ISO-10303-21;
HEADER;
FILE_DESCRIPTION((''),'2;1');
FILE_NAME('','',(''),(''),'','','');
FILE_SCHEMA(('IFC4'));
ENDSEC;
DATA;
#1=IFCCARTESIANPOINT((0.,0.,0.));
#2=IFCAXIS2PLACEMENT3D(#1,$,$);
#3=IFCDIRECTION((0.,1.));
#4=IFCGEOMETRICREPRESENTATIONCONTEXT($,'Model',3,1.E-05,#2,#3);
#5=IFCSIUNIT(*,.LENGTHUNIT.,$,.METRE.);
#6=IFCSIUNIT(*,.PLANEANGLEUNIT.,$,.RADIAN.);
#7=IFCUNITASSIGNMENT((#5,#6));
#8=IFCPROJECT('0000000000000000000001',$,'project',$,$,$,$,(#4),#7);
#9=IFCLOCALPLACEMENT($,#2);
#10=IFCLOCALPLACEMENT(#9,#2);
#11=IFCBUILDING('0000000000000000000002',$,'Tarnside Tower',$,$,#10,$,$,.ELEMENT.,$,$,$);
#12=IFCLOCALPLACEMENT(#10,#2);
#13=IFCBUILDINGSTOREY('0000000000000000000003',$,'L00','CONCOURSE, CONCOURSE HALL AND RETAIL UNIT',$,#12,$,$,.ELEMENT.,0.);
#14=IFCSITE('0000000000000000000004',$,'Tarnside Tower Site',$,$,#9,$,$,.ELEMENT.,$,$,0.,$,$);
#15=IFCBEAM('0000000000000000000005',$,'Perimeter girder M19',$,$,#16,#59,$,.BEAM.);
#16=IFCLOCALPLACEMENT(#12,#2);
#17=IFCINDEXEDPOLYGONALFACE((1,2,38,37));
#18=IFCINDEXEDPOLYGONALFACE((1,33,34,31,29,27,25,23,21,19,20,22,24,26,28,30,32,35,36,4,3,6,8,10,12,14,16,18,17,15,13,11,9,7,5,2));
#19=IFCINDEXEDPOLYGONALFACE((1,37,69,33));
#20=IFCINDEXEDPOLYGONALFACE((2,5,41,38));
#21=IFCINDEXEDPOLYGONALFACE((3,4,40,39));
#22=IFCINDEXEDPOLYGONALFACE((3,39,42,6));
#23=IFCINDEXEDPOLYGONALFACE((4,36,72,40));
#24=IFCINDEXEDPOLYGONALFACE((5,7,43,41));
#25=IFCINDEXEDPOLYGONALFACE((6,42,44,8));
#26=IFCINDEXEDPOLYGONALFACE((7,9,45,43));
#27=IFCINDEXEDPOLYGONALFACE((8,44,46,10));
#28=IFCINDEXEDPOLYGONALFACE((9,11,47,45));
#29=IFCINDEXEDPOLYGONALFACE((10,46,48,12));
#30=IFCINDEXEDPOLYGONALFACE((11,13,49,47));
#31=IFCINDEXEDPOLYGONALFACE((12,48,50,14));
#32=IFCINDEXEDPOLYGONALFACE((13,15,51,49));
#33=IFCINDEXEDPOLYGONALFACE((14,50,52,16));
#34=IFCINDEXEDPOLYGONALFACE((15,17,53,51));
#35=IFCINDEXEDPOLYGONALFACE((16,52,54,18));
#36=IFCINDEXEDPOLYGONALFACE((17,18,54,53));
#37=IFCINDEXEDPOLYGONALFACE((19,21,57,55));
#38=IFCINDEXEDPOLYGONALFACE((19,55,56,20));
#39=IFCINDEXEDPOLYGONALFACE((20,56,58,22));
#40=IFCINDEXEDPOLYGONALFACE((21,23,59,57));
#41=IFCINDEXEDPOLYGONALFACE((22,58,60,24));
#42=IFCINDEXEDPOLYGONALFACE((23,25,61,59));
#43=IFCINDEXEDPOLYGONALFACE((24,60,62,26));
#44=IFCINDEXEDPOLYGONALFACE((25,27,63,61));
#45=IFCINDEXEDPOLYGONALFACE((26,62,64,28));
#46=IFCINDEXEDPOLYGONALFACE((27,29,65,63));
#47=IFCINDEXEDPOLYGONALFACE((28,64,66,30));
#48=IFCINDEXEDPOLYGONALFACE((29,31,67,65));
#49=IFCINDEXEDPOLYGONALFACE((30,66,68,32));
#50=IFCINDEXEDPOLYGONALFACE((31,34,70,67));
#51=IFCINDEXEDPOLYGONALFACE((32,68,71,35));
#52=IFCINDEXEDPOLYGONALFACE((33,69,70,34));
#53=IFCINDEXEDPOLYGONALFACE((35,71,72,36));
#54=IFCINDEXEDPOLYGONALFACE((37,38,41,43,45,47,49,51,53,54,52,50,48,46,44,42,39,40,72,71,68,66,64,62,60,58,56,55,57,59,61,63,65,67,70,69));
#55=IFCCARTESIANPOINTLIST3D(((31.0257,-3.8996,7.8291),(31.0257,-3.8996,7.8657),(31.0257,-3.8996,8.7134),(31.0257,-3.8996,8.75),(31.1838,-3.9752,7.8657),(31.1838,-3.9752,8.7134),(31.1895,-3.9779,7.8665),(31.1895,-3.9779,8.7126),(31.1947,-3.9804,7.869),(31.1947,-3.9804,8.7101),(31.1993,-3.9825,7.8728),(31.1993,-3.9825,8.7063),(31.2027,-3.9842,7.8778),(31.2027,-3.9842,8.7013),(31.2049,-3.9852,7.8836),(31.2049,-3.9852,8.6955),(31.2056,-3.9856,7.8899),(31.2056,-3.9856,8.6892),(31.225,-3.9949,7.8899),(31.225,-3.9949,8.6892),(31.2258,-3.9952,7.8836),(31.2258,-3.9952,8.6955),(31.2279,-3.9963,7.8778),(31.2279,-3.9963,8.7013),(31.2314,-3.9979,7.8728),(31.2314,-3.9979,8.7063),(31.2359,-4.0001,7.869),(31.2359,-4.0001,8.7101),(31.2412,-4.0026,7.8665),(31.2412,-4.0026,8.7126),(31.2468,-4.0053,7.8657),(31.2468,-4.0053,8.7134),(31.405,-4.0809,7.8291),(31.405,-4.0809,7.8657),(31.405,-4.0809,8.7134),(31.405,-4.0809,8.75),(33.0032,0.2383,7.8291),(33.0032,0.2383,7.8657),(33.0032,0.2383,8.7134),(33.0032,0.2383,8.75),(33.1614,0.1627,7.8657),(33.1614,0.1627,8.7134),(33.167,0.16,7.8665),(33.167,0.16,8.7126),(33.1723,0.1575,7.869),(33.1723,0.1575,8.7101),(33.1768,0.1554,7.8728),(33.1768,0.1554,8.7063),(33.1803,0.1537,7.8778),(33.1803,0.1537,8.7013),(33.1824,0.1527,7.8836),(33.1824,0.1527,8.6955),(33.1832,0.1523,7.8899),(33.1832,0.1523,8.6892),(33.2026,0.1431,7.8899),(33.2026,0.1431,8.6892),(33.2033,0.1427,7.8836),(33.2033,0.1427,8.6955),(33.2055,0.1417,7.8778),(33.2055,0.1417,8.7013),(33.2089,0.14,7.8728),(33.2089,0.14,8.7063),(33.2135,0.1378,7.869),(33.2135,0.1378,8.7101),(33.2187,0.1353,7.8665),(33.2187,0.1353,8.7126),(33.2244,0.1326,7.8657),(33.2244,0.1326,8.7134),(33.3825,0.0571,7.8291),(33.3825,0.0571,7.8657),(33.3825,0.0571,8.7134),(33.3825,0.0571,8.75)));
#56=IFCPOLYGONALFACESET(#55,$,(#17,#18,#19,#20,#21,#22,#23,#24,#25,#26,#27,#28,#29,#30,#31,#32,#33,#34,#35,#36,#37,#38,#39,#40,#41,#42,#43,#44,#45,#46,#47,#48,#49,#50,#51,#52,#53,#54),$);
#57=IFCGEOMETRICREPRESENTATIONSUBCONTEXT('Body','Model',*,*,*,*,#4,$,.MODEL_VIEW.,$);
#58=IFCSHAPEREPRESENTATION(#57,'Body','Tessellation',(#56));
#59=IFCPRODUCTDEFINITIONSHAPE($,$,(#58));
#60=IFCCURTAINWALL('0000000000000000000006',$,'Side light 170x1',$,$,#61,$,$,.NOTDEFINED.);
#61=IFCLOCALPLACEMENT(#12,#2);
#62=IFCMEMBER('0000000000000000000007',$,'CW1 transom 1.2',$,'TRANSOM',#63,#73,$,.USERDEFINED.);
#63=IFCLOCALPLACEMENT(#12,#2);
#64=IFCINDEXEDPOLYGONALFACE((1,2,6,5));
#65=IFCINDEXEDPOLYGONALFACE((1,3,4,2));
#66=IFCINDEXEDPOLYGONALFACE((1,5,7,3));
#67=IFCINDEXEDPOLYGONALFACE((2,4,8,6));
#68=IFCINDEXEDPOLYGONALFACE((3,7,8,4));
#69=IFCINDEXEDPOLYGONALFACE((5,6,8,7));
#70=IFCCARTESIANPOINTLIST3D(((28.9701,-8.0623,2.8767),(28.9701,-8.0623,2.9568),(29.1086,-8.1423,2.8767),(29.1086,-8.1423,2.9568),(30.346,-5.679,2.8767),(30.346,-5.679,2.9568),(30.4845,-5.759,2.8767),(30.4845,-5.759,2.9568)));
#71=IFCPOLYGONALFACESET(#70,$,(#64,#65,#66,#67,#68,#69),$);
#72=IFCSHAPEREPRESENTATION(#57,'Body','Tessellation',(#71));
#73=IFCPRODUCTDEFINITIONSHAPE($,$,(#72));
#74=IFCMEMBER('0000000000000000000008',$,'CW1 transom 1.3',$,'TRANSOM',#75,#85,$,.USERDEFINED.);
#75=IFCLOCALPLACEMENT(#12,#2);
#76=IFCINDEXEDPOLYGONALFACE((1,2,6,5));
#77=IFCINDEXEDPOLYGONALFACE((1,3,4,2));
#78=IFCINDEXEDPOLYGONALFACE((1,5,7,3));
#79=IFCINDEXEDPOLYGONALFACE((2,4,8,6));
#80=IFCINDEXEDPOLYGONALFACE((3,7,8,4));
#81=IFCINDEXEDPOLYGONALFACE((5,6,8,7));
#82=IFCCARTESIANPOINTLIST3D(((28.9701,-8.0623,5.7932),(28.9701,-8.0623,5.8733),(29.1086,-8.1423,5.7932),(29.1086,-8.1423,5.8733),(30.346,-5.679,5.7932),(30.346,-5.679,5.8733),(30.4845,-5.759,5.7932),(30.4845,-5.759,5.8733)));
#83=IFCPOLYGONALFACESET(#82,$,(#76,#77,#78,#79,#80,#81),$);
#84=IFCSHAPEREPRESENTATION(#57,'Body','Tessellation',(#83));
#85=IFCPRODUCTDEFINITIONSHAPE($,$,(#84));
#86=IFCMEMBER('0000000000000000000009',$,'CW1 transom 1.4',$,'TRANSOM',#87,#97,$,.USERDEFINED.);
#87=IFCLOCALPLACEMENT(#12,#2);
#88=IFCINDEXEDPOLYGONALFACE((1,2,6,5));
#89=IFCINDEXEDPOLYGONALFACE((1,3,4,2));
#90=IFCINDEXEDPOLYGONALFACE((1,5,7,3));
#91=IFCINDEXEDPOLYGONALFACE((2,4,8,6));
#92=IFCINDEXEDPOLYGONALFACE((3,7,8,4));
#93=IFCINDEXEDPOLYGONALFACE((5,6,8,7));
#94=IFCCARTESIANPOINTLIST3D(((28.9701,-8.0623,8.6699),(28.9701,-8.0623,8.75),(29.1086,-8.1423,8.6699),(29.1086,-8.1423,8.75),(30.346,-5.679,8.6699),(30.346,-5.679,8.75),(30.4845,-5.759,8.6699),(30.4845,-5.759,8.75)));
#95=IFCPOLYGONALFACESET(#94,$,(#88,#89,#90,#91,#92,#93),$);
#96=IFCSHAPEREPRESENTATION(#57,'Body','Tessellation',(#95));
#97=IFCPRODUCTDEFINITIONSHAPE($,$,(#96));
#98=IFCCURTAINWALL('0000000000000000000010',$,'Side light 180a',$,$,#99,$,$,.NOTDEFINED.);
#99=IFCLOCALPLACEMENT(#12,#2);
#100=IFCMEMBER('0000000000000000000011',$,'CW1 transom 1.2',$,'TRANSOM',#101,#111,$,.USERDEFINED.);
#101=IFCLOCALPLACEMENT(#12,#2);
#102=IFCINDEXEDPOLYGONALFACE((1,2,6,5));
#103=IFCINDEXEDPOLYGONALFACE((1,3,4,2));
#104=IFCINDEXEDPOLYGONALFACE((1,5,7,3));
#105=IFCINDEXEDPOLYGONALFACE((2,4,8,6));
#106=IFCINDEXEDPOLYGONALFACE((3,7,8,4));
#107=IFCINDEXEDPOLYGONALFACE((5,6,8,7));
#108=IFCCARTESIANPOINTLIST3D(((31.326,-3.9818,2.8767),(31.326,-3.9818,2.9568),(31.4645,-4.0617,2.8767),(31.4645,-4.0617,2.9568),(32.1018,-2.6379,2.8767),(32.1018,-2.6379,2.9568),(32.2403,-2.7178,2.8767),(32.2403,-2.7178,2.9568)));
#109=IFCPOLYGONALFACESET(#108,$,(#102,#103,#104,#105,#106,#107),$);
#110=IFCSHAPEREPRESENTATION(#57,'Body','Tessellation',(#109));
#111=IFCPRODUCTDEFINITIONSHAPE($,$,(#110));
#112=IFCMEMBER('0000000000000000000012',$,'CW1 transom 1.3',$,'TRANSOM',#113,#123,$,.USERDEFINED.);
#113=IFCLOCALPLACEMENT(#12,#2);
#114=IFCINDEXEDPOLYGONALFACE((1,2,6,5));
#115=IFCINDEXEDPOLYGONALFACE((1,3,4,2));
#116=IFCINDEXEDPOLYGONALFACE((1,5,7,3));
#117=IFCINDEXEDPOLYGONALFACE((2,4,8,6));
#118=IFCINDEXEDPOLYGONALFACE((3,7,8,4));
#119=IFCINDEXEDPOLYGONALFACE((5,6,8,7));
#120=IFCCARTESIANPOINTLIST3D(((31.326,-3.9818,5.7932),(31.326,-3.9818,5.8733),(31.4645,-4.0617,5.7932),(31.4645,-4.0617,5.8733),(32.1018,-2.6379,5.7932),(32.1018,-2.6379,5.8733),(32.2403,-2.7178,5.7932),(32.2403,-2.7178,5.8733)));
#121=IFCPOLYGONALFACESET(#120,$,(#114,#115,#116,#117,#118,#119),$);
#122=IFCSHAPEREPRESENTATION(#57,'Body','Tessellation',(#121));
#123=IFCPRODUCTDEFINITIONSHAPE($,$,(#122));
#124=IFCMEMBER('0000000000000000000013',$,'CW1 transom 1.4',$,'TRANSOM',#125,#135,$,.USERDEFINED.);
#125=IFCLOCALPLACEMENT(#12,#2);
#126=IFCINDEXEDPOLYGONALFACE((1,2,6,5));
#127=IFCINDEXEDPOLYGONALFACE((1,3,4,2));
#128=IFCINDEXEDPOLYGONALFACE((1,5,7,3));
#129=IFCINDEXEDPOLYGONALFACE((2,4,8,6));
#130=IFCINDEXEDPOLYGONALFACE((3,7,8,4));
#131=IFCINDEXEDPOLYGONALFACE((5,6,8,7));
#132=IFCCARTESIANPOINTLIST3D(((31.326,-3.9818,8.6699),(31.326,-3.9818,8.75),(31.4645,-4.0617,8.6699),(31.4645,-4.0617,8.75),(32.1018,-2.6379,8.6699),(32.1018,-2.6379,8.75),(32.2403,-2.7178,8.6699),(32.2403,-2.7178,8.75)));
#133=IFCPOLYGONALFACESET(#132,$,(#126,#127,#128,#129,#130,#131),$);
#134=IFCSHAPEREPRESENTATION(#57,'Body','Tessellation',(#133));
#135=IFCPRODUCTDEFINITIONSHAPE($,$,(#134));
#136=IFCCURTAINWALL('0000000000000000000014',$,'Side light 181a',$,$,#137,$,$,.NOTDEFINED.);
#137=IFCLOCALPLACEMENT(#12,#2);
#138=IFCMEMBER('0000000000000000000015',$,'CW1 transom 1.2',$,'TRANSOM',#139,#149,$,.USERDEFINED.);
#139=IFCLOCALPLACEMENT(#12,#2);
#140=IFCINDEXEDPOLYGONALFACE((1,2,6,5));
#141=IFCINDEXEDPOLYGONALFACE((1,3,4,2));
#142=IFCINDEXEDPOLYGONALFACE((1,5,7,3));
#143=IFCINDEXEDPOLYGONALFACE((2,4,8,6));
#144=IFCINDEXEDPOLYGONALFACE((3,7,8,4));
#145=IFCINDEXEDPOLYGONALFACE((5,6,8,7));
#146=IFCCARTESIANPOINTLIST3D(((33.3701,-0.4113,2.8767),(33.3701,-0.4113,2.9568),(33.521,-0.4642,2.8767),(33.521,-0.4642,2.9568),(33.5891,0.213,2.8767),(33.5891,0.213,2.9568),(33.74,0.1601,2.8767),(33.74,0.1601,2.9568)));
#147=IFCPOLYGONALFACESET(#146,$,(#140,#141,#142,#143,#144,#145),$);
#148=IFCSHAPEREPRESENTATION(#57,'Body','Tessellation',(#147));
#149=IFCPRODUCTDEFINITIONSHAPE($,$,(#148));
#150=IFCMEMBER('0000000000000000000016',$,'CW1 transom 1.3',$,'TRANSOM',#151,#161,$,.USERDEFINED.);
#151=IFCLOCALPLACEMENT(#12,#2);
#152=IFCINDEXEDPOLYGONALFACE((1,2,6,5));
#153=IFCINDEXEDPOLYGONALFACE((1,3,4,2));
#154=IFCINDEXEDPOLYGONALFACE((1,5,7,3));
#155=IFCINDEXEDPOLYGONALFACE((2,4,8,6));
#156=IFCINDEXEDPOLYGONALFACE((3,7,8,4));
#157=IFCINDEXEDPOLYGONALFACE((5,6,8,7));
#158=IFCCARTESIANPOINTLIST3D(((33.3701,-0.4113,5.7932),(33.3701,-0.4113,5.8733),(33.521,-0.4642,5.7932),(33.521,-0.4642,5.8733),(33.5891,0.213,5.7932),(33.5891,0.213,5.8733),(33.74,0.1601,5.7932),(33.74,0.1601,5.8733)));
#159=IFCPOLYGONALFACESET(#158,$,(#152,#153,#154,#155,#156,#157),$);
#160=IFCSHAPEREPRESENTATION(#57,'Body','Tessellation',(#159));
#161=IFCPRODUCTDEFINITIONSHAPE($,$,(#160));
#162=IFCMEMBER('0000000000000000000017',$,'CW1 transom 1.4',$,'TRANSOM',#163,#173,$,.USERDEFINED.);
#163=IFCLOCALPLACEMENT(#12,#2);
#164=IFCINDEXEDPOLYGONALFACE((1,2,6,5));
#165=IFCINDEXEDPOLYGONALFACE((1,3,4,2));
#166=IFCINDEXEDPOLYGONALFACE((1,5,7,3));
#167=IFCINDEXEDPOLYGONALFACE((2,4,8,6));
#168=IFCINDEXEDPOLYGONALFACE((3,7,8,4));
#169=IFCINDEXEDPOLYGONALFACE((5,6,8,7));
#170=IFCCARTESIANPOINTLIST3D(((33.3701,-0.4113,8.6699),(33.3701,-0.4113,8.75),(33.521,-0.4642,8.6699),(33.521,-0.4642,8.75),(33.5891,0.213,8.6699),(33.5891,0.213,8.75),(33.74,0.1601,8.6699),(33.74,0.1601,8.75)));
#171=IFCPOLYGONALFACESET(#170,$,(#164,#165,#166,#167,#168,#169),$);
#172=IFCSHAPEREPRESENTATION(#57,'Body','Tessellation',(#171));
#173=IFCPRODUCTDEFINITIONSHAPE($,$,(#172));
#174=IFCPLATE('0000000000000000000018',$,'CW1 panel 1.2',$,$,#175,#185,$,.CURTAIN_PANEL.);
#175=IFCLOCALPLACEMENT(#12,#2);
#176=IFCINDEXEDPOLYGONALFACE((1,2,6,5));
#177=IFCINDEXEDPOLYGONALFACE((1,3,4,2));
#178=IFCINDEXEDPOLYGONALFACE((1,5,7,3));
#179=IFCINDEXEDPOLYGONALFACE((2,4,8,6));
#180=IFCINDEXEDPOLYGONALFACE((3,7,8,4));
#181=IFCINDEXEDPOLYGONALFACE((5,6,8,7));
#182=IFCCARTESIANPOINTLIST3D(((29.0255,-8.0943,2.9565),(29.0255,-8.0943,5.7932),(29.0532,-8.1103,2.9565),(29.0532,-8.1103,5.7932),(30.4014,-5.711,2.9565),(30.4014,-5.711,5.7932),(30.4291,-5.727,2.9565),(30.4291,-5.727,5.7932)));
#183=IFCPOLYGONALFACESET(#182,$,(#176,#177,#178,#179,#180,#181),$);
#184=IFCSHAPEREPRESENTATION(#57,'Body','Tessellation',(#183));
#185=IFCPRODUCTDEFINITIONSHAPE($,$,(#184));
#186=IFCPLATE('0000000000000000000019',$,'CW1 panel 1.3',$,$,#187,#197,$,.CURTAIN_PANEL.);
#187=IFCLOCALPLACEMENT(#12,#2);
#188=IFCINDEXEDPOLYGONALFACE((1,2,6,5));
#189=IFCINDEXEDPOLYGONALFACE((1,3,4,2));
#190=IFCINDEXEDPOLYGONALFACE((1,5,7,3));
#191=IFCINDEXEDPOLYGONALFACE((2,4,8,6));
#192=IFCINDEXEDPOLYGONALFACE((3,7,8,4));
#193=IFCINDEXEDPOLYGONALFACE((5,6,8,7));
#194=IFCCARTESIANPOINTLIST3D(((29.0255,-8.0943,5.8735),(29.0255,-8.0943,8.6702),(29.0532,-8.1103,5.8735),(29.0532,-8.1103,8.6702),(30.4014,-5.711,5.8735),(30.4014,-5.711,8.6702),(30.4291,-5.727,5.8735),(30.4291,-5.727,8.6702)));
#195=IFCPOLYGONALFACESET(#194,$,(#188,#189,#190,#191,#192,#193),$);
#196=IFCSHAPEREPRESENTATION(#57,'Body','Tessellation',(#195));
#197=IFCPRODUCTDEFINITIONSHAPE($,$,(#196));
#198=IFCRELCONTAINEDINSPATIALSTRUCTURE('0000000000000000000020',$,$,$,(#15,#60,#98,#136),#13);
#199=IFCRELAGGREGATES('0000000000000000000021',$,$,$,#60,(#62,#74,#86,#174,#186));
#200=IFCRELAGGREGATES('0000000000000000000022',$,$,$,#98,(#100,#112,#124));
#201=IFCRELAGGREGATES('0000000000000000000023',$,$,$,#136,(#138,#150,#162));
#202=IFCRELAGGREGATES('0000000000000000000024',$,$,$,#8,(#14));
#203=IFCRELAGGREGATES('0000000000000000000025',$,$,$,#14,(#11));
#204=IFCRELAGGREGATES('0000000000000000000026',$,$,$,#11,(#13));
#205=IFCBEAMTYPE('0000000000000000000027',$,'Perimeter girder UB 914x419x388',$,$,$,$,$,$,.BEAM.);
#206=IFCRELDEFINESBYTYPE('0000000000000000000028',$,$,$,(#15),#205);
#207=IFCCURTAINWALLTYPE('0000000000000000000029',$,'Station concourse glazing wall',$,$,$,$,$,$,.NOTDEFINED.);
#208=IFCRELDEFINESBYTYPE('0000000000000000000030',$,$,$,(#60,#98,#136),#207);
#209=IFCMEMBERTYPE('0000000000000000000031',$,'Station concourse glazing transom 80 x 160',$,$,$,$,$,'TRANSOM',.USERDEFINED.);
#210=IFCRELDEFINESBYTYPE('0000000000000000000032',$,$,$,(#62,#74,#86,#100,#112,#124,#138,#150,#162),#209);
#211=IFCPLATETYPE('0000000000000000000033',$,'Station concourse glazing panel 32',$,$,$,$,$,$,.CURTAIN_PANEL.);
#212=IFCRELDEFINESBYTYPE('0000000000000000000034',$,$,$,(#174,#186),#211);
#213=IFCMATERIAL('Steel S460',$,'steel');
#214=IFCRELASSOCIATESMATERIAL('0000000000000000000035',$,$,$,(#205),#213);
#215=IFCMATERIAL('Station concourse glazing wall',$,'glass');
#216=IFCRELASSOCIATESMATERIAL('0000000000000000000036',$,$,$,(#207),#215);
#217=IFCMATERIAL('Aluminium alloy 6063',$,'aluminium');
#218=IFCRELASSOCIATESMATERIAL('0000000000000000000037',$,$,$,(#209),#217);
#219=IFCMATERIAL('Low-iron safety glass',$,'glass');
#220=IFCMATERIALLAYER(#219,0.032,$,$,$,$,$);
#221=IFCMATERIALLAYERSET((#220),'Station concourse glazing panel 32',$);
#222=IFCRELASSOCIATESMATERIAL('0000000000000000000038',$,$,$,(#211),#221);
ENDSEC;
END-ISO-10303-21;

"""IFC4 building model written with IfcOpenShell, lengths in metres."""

from ifc_helpers import new_model, si_unit, direction, frame, origin, origin_2d, place, context, subcontext, project, spatial, rectangle, i_section, extrude, material, layer, layer_set, material_profile, profile_set, type_object, element, aggregate, save


model = new_model("IFC4")

# Units and contexts
model_context = context("Model", 3, precision=1e-05, world=origin(), true_north=direction((0.0, 1.0)))
body_context = subcontext(model_context, "Body", "Model", "MODEL_VIEW")
ifc_project = project(units=[si_unit("LENGTHUNIT", "METRE"), si_unit("PLANEANGLEUNIT", "RADIAN")], contexts=[model_context])

# Site, building, storey
site_placement = place(None, origin())
site = spatial("IfcSite", under=ifc_project, at=site_placement, Name="Tarnside Tower Site", CompositionType="ELEMENT", RefElevation=0.0)
building_placement = place(site_placement, origin())
building = spatial("IfcBuilding", under=site, at=building_placement, Name="Tarnside Tower", CompositionType="ELEMENT")
storey_placement = place(building_placement, origin())
storey = spatial("IfcBuildingStorey", under=building, at=storey_placement, Name="L00", Description="CONCOURSE, CONCOURSE HALL AND RETAIL UNIT", CompositionType="ELEMENT", Elevation=0.0)

# Beam
ifc_material_1 = material(Name="Steel S460", Category="steel")
ifc_material_profile_1 = material_profile(ifc_material_1, i_section(OverallWidth=0.4204, OverallDepth=0.9209, WebThickness=0.0215, FlangeThickness=0.0366, FilletRadius=0.0242, at=origin_2d()), Name="UB 914x419x388")
ifc_profile_set_1 = profile_set([ifc_material_profile_1], Name="Steel S460")
beam_type_1 = type_object("IfcBeamType", Name="Perimeter girder UB 914x419x388", PredefinedType="BEAM", material=ifc_profile_set_1)
beam_1_placement = place(storey_placement, frame((31.2153, -3.9902, 8.2896), z_axis=(0.431194, 0.902259, 0.0), x_axis=(-0.902259, 0.431194, 0.0)))
element("IfcBeam", 1, at=beam_1_placement, inside=storey, type_object=beam_type_1, Name="Perimeter girder M19", PredefinedType="BEAM", context=body_context, shape_type="SweptSolid", body=[
    extrude(i_section(OverallWidth=0.4204, OverallDepth=0.9209, WebThickness=0.0215, FlangeThickness=0.0366, FilletRadius=0.0242, at=origin_2d()), origin(), (0.0, 0.0, 1.0), 4.5862),
])

# Curtain walls, members
ifc_material_2 = material(Name="Station concourse glazing wall", Category="glass")
curtain_wall_type = type_object("IfcCurtainWallType", Name="Station concourse glazing wall", PredefinedType="NOTDEFINED", material=ifc_material_2)
curtain_wall_1_placement = place(storey_placement, origin())
curtain_wall_1 = element("IfcCurtainWall", 2, at=curtain_wall_1_placement, inside=storey, type_object=curtain_wall_type, Name="Side light 170x1", PredefinedType="NOTDEFINED")
ifc_material_3 = material(Name="Aluminium alloy 6063", Category="aluminium")
ifc_material_profile_2 = material_profile(ifc_material_3, rectangle(XDim=0.1599, YDim=0.0801, at=origin_2d()), Name="Station concourse glazing transom 80 x 160")
ifc_profile_set_2 = profile_set([ifc_material_profile_2], Name="Aluminium alloy 6063")
member_type = type_object("IfcMemberType", Name="Station concourse glazing transom 80 x 160", ElementType="TRANSOM", PredefinedType="USERDEFINED", material=ifc_profile_set_2)
member_1_placement = place(storey_placement, frame((29.0393, -8.1023, 2.9167), z_axis=(0.499994, 0.866029, 0.0), x_axis=(-0.866029, 0.499994, 0.0)))
member_1 = element("IfcMember", 3, at=member_1_placement, type_object=member_type, Name="CW1 transom 1.2", ObjectType="TRANSOM", PredefinedType="USERDEFINED", context=body_context, shape_type="SweptSolid", body=[
    extrude(rectangle(XDim=0.1599, YDim=0.0801, at=origin_2d()), origin(), (0.0, 0.0, 1.0), 2.752),
])
member_2_placement = place(storey_placement, frame((29.0393, -8.1023, 5.8333), z_axis=(0.499994, 0.866029, 0.0), x_axis=(-0.866029, 0.499994, 0.0)))
member_2 = element("IfcMember", 4, at=member_2_placement, type_object=member_type, Name="CW1 transom 1.3", ObjectType="TRANSOM", PredefinedType="USERDEFINED", context=body_context, shape_type="SweptSolid", body=[
    extrude(rectangle(XDim=0.1599, YDim=0.0801, at=origin_2d()), origin(), (0.0, 0.0, 1.0), 2.752),
])
member_3_placement = place(storey_placement, frame((29.0393, -8.1023, 8.71), z_axis=(0.499994, 0.866029, 0.0), x_axis=(-0.866029, 0.499994, 0.0)))
member_3 = element("IfcMember", 5, at=member_3_placement, type_object=member_type, Name="CW1 transom 1.4", ObjectType="TRANSOM", PredefinedType="USERDEFINED", context=body_context, shape_type="SweptSolid", body=[
    extrude(rectangle(XDim=0.1599, YDim=0.0801, at=origin_2d()), origin(), (0.0, 0.0, 1.0), 2.752),
])
curtain_wall_2_placement = place(storey_placement, origin())
curtain_wall_2 = element("IfcCurtainWall", 6, at=curtain_wall_2_placement, inside=storey, type_object=curtain_wall_type, Name="Side light 180a", PredefinedType="NOTDEFINED")
member_4_placement = place(storey_placement, frame((31.3953, -4.0217, 2.9167), z_axis=(0.499963, 0.866047, 0.0), x_axis=(-0.866047, 0.499963, 0.0)))
member_4 = element("IfcMember", 7, at=member_4_placement, type_object=member_type, Name="CW1 transom 1.2", ObjectType="TRANSOM", PredefinedType="USERDEFINED", context=body_context, shape_type="SweptSolid", body=[
    extrude(rectangle(XDim=0.1599, YDim=0.0801, at=origin_2d()), origin(), (0.0, 0.0, 1.0), 1.5518),
])
member_5_placement = place(storey_placement, frame((31.3953, -4.0217, 5.8333), z_axis=(0.499963, 0.866047, 0.0), x_axis=(-0.866047, 0.499963, 0.0)))
member_5 = element("IfcMember", 8, at=member_5_placement, type_object=member_type, Name="CW1 transom 1.3", ObjectType="TRANSOM", PredefinedType="USERDEFINED", context=body_context, shape_type="SweptSolid", body=[
    extrude(rectangle(XDim=0.1599, YDim=0.0801, at=origin_2d()), origin(), (0.0, 0.0, 1.0), 1.5518),
])
member_6_placement = place(storey_placement, frame((31.3953, -4.0217, 8.71), z_axis=(0.499963, 0.866047, 0.0), x_axis=(-0.866047, 0.499963, 0.0)))
member_6 = element("IfcMember", 9, at=member_6_placement, type_object=member_type, Name="CW1 transom 1.4", ObjectType="TRANSOM", PredefinedType="USERDEFINED", context=body_context, shape_type="SweptSolid", body=[
    extrude(rectangle(XDim=0.1599, YDim=0.0801, at=origin_2d()), origin(), (0.0, 0.0, 1.0), 1.5518),
])
curtain_wall_3_placement = place(storey_placement, origin())
curtain_wall_3 = element("IfcCurtainWall", 10, at=curtain_wall_3_placement, inside=storey, type_object=curtain_wall_type, Name="Side light 181a", PredefinedType="NOTDEFINED")
member_7_placement = place(storey_placement, frame((33.4456, -0.4377, 2.9167), z_axis=(0.331024, 0.943622, 0.0), x_axis=(-0.943622, 0.331024, 0.0)))
member_7 = element("IfcMember", 11, at=member_7_placement, type_object=member_type, Name="CW1 transom 1.2", ObjectType="TRANSOM", PredefinedType="USERDEFINED", context=body_context, shape_type="SweptSolid", body=[
    extrude(rectangle(XDim=0.1599, YDim=0.0801, at=origin_2d()), origin(), (0.0, 0.0, 1.0), 0.6616),
])
member_8_placement = place(storey_placement, frame((33.4456, -0.4377, 5.8333), z_axis=(0.331024, 0.943622, 0.0), x_axis=(-0.943622, 0.331024, 0.0)))
member_8 = element("IfcMember", 12, at=member_8_placement, type_object=member_type, Name="CW1 transom 1.3", ObjectType="TRANSOM", PredefinedType="USERDEFINED", context=body_context, shape_type="SweptSolid", body=[
    extrude(rectangle(XDim=0.1599, YDim=0.0801, at=origin_2d()), origin(), (0.0, 0.0, 1.0), 0.6616),
])
member_9_placement = place(storey_placement, frame((33.4456, -0.4377, 8.71), z_axis=(0.331024, 0.943622, 0.0), x_axis=(-0.943622, 0.331024, 0.0)))
member_9 = element("IfcMember", 13, at=member_9_placement, type_object=member_type, Name="CW1 transom 1.4", ObjectType="TRANSOM", PredefinedType="USERDEFINED", context=body_context, shape_type="SweptSolid", body=[
    extrude(rectangle(XDim=0.1599, YDim=0.0801, at=origin_2d()), origin(), (0.0, 0.0, 1.0), 0.6616),
])

# Plates
ifc_material_4 = material(Name="Low-iron safety glass", Category="glass")
ifc_layer = layer(ifc_material_4, 0.032)
ifc_layer_set = layer_set([ifc_layer], Name="Station concourse glazing panel 32")
plate_type = type_object("IfcPlateType", Name="Station concourse glazing panel 32", PredefinedType="CURTAIN_PANEL", material=ifc_layer_set)
plate_1_placement = place(storey_placement, frame((29.7273, -6.9106, 2.9565), z_axis=(0.0, 0.0, 1.0), x_axis=(0.5, 0.866025, 0.0)))
plate_1 = element("IfcPlate", 14, at=plate_1_placement, type_object=plate_type, Name="CW1 panel 1.2", PredefinedType="CURTAIN_PANEL", context=body_context, shape_type="SweptSolid", body=[
    extrude(rectangle(XDim=2.752, YDim=0.032, at=origin_2d()), origin(), (0.0, 0.0, 1.0), 2.8367),
])
plate_2_placement = place(storey_placement, frame((29.7273, -6.9106, 5.8735), z_axis=(0.0, 0.0, 1.0), x_axis=(0.5, 0.866025, 0.0)))
plate_2 = element("IfcPlate", 15, at=plate_2_placement, type_object=plate_type, Name="CW1 panel 1.3", PredefinedType="CURTAIN_PANEL", context=body_context, shape_type="SweptSolid", body=[
    extrude(rectangle(XDim=2.752, YDim=0.032, at=origin_2d()), origin(), (0.0, 0.0, 1.0), 2.7966),
])
aggregate(curtain_wall_1, [member_1, member_2, member_3, plate_1, plate_2])
aggregate(curtain_wall_2, [member_4, member_5, member_6])
aggregate(curtain_wall_3, [member_7, member_8, member_9])

save(model, "model.ifc")
